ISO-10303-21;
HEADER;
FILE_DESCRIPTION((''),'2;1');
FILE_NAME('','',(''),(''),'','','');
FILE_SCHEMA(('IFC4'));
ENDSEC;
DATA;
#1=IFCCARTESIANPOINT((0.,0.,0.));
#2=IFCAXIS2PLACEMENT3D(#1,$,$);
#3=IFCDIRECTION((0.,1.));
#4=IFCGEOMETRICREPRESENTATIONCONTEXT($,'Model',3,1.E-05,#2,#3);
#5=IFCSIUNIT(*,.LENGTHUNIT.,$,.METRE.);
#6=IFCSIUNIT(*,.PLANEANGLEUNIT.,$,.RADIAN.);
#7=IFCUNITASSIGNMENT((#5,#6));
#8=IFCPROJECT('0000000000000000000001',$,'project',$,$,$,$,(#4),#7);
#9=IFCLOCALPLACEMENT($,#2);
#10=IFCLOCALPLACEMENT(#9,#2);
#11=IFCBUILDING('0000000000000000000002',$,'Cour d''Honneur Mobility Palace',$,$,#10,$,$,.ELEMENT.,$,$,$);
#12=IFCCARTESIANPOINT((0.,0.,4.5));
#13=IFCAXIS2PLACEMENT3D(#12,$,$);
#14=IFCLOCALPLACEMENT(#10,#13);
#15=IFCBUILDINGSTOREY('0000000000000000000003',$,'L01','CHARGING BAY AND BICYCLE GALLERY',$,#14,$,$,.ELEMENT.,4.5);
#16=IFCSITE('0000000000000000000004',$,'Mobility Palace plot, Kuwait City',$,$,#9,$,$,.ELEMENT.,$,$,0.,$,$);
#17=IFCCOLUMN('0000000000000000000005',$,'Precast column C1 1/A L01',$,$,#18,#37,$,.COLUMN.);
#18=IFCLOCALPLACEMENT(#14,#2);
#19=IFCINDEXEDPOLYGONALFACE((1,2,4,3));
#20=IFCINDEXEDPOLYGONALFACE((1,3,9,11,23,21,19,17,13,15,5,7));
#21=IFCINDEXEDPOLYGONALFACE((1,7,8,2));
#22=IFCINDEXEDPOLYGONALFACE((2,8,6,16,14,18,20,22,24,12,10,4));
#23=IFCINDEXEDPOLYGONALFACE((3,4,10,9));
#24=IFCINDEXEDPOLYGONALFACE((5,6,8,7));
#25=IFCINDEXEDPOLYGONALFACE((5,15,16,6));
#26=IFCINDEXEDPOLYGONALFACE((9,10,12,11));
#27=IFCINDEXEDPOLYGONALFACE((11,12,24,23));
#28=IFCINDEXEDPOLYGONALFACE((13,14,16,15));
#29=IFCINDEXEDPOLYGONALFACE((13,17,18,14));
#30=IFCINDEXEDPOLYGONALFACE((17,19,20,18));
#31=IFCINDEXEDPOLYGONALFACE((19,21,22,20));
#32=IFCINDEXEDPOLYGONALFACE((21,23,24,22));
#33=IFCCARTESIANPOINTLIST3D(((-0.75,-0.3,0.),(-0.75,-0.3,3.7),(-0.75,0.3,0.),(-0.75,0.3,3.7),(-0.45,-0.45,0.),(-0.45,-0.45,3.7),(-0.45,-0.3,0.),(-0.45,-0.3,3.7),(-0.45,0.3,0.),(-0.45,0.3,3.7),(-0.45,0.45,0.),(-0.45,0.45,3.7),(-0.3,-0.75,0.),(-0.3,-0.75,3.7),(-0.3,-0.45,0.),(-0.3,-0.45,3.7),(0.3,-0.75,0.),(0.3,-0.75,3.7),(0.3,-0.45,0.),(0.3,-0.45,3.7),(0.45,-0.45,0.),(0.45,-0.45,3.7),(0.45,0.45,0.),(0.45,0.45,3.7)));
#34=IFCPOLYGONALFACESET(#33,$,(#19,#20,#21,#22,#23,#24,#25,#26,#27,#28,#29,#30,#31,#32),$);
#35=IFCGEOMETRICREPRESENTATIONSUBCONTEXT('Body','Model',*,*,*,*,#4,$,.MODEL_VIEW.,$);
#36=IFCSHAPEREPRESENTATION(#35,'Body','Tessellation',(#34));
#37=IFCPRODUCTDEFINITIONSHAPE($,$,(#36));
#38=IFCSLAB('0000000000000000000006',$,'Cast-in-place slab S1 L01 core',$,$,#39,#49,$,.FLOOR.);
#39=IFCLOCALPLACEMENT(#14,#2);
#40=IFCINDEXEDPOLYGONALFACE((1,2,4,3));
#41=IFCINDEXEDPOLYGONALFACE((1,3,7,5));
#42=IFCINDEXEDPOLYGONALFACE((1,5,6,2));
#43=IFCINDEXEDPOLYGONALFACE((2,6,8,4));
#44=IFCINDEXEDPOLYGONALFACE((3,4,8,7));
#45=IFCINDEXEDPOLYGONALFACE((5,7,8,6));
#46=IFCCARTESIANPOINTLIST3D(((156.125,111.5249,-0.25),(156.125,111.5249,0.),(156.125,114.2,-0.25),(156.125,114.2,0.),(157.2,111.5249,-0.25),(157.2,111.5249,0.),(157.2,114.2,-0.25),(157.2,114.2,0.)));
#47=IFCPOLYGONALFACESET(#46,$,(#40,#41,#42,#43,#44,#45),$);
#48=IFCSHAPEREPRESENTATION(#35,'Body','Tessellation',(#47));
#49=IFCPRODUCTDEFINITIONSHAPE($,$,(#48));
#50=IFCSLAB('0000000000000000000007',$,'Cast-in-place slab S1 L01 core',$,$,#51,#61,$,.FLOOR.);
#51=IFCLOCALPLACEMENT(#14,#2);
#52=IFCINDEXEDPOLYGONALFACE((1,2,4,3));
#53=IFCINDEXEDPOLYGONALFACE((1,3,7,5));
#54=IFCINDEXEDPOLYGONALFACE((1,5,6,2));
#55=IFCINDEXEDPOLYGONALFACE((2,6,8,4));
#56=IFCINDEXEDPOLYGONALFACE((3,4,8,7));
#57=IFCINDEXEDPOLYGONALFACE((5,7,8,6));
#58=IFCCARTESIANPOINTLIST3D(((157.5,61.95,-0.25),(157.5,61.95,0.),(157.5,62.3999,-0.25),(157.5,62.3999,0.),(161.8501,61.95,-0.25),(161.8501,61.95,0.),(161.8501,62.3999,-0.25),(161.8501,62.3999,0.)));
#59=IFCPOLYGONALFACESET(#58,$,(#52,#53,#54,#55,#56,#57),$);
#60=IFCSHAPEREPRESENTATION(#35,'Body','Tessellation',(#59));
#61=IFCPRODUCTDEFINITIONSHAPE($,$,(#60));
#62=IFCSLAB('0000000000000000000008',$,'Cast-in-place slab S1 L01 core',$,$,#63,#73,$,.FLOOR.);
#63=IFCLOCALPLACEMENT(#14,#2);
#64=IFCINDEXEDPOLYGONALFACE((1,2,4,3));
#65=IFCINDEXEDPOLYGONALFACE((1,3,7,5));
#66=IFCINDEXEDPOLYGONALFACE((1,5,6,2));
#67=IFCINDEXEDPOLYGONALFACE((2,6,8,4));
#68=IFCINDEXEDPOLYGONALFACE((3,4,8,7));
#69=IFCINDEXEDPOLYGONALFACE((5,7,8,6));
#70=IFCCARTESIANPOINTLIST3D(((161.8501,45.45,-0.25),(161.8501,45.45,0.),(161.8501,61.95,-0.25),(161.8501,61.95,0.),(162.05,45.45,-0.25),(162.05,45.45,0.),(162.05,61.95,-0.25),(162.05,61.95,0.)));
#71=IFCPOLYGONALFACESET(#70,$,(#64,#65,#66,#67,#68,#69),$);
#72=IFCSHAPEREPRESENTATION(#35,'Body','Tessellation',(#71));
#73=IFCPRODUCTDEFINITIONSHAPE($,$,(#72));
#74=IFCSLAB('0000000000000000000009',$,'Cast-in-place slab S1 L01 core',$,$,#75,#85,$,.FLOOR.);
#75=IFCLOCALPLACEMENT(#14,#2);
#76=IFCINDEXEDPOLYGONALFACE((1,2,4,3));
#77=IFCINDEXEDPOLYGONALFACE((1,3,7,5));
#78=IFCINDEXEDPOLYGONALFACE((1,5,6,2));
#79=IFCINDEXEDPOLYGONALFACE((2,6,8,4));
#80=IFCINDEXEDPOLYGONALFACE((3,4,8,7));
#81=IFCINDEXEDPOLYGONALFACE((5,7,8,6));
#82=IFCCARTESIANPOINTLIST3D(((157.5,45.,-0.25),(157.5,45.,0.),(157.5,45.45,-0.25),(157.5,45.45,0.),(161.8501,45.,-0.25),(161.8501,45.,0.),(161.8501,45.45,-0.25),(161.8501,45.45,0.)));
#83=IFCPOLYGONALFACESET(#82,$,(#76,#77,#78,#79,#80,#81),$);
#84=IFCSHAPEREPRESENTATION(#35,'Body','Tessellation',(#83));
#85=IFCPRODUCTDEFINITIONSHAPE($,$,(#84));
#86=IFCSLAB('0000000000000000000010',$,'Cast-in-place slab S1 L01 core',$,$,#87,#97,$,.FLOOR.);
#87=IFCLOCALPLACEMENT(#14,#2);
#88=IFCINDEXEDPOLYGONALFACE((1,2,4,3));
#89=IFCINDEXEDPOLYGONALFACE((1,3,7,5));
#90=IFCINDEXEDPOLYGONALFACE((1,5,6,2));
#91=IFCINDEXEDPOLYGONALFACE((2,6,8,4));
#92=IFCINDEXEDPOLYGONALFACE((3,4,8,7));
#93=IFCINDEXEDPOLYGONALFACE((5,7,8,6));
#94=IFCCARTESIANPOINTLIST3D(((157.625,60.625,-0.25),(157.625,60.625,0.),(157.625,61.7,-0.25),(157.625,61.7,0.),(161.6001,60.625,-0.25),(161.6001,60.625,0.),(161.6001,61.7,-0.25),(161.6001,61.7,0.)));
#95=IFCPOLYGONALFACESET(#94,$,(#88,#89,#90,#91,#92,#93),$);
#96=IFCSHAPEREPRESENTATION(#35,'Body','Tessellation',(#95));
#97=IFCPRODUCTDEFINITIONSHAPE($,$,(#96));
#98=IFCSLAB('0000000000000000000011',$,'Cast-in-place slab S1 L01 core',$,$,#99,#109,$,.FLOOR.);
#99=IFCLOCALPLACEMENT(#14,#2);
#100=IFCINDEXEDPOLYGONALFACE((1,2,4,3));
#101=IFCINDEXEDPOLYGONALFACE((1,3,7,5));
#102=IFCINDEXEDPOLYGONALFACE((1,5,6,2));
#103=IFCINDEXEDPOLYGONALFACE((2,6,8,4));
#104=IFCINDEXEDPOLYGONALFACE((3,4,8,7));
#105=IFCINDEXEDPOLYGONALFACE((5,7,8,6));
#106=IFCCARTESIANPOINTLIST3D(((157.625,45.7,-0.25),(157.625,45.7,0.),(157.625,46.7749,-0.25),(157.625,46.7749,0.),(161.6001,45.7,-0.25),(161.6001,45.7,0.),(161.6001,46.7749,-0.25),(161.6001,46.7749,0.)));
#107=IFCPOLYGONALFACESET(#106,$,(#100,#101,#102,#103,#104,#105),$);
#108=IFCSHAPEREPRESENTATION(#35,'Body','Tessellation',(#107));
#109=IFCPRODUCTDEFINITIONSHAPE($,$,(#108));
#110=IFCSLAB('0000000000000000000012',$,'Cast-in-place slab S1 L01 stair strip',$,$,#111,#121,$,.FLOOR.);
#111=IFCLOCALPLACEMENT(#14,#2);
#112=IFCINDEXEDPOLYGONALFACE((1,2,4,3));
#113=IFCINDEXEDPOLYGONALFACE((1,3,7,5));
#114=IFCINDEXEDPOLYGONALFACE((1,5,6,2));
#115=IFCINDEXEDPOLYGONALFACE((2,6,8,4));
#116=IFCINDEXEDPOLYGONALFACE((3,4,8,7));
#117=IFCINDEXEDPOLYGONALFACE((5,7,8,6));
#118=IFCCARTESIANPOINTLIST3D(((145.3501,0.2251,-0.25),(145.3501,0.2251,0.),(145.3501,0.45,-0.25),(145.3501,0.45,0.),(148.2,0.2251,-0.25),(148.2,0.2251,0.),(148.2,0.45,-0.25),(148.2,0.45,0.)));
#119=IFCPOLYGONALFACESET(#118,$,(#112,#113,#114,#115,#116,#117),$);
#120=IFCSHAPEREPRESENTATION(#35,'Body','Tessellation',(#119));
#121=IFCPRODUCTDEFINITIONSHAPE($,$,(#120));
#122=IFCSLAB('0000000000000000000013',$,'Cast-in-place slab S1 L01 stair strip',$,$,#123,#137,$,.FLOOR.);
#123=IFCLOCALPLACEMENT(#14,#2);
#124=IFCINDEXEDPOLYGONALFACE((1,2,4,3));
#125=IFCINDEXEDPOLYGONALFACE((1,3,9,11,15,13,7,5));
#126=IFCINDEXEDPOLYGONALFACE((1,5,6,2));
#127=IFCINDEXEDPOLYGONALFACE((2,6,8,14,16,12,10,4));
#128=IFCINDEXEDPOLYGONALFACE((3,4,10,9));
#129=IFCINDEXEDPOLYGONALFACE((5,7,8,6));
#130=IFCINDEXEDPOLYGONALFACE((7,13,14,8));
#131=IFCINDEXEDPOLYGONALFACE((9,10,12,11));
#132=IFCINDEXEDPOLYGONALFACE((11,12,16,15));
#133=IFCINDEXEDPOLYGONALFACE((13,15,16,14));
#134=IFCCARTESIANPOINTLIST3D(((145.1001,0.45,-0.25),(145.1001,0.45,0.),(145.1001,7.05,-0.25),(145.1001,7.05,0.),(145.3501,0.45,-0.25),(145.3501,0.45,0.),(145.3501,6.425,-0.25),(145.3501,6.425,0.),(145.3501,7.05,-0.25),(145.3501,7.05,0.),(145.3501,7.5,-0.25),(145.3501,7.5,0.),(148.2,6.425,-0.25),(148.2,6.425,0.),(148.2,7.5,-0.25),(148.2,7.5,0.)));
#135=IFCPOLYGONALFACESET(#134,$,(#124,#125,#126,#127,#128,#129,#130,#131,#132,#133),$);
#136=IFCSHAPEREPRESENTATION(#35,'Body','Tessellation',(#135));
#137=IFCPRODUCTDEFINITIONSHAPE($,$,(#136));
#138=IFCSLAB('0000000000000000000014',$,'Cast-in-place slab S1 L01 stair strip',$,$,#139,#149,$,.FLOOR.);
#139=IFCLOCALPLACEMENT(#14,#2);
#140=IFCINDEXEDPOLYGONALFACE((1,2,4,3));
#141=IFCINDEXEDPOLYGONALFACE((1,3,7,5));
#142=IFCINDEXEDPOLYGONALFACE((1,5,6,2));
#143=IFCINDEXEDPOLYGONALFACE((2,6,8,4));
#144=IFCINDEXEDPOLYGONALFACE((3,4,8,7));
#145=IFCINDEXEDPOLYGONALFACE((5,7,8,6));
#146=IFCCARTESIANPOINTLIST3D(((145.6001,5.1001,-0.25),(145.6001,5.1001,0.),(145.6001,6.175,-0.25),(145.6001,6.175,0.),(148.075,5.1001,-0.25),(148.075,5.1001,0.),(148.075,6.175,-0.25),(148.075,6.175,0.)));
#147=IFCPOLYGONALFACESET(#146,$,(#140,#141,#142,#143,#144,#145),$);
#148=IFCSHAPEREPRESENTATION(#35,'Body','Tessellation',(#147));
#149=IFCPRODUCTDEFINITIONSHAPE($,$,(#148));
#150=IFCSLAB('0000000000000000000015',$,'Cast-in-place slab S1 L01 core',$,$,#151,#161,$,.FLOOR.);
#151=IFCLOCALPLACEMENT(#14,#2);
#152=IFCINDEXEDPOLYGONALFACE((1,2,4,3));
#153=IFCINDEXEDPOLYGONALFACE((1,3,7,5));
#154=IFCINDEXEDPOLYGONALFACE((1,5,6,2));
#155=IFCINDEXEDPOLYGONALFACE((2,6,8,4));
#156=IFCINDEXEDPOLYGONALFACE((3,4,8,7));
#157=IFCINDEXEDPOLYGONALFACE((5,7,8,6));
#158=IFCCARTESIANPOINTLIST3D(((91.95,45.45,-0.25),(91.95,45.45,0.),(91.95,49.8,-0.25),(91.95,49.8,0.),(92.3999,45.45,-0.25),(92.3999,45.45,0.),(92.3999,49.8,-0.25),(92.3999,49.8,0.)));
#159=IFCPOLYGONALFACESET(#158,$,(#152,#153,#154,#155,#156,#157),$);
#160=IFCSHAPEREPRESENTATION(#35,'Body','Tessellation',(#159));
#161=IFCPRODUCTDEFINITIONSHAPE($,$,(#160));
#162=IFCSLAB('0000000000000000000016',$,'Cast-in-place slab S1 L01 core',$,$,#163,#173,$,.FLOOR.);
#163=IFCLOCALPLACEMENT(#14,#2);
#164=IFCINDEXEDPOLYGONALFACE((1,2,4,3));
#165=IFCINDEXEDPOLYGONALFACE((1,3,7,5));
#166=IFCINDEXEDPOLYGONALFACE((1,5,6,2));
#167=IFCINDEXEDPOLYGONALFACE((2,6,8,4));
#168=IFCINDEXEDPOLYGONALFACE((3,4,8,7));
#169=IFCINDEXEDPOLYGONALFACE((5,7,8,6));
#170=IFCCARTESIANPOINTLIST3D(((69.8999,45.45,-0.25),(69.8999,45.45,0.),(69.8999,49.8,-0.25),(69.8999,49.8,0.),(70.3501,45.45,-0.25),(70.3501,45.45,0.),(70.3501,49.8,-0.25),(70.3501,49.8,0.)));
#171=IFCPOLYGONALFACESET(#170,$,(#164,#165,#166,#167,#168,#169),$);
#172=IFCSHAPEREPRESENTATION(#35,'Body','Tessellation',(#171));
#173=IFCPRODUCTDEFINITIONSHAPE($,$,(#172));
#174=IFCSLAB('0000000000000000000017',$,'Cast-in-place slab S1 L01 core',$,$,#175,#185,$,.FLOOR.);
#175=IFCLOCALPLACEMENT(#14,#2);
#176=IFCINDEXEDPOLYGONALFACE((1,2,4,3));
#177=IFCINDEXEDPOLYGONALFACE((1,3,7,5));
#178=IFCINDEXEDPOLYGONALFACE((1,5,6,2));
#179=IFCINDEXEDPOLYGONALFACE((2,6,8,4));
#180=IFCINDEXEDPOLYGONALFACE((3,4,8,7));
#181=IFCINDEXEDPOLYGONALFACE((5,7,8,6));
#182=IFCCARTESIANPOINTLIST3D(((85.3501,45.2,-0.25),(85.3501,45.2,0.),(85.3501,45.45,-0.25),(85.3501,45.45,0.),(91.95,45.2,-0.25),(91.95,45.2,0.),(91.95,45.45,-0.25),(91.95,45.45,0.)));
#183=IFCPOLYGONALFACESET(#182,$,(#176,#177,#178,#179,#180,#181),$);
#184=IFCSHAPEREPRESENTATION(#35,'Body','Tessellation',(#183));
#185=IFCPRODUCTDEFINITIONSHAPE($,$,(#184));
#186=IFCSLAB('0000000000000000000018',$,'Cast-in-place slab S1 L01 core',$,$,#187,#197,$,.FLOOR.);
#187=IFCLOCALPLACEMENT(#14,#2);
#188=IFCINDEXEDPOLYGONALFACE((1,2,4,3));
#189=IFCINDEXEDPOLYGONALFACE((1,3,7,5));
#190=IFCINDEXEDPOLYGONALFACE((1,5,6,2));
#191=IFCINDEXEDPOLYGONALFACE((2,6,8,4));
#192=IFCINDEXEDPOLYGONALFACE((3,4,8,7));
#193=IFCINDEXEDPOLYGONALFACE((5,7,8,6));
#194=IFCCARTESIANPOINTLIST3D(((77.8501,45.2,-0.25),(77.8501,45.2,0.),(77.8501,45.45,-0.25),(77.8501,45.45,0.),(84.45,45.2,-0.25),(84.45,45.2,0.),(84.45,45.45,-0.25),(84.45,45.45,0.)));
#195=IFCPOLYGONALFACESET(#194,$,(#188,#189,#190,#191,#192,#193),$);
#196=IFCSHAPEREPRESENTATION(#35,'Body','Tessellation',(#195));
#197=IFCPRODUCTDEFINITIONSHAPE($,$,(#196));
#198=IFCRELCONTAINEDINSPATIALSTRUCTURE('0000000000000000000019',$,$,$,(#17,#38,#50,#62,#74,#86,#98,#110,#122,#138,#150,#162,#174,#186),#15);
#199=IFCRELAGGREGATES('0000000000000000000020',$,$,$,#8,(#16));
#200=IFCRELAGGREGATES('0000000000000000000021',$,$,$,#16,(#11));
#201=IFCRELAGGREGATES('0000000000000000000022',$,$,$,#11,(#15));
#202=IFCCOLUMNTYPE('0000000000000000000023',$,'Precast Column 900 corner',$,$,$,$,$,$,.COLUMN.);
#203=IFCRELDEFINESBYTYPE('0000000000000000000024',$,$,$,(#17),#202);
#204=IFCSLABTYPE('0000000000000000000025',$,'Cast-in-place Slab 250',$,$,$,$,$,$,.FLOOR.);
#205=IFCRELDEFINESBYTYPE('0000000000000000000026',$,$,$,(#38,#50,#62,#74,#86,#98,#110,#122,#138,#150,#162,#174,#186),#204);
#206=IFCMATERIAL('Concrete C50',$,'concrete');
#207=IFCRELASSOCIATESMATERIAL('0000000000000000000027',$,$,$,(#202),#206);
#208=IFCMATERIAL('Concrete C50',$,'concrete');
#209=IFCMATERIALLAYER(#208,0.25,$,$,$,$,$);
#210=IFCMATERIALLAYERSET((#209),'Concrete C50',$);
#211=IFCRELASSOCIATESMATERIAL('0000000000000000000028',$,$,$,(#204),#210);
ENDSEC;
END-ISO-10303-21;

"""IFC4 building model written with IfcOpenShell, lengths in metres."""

from ifc_helpers import new_model, si_unit, direction, frame, origin, place, context, subcontext, project, spatial, polyline, outline, extrude, material, layer, layer_set, material_profile, profile_set, type_object, element, save


model = new_model("IFC4")

# Units and contexts
model_context = context("Model", 3, precision=1e-05, world=origin(), true_north=direction((0.0, 1.0)))
body_context = subcontext(model_context, "Body", "Model", "MODEL_VIEW")
ifc_project = project(units=[si_unit("LENGTHUNIT", "METRE"), si_unit("PLANEANGLEUNIT", "RADIAN")], contexts=[model_context])

# Site, building, storey
site_placement = place(None, origin())
site = spatial("IfcSite", under=ifc_project, at=site_placement, Name="Mobility Palace plot, Kuwait City", CompositionType="ELEMENT", RefElevation=0.0)
building_placement = place(site_placement, origin())
building = spatial("IfcBuilding", under=site, at=building_placement, Name="Cour d'Honneur Mobility Palace", CompositionType="ELEMENT")
storey_placement = place(building_placement, frame((0.0, 0.0, 4.5)))
storey = spatial("IfcBuildingStorey", under=building, at=storey_placement, Name="L01", Description="CHARGING BAY AND BICYCLE GALLERY", CompositionType="ELEMENT", Elevation=4.5)

# Column
ifc_material_1 = material(Name="Concrete C50", Category="concrete")
ifc_material_profile = material_profile(ifc_material_1, outline(polyline([(-0.45, -0.45), (0.45, -0.45), (0.45, -0.3), (0.75, -0.3), (0.75, 0.3), (0.45, 0.3), (0.45, 0.45), (0.3, 0.45), (0.3, 0.75), (-0.3, 0.75), (-0.3, 0.45), (-0.45, 0.45), (-0.45, -0.45)])), Name="PC C900 corner")
ifc_profile_set = profile_set([ifc_material_profile], Name="Concrete C50")
column_type = type_object("IfcColumnType", Name="Precast Column 900 corner", PredefinedType="COLUMN", material=ifc_profile_set)
column_placement = place(storey_placement, frame((0.0, 0.0, 0.0), z_axis=(0.0, 0.0, 1.0), x_axis=(-1.0, 0.0, 0.0)))
element("IfcColumn", 1, at=column_placement, inside=storey, type_object=column_type, Name="Precast column C1 1/A L01", PredefinedType="COLUMN", context=body_context, shape_type="SweptSolid", body=[
    extrude(outline(polyline([(-0.45, -0.45), (0.45, -0.45), (0.45, -0.3), (0.75, -0.3), (0.75, 0.3), (0.45, 0.3), (0.45, 0.45), (0.3, 0.45), (0.3, 0.75), (-0.3, 0.75), (-0.3, 0.45), (-0.45, 0.45), (-0.45, -0.45)])), origin(), (0.0, 0.0, 1.0), 3.7),
])

# Slabs
ifc_material_2 = material(Name="Concrete C50", Category="concrete")
ifc_layer_1 = layer(ifc_material_2, 0.25)
ifc_layer_set_1 = layer_set([ifc_layer_1], Name="Concrete C50")
slab_type = type_object("IfcSlabType", Name="Cast-in-place Slab 250", PredefinedType="FLOOR", material=ifc_layer_set_1)
slab_1_placement = place(storey_placement, frame((0.0, 0.0, -0.25)))
element("IfcSlab", 2, at=slab_1_placement, inside=storey, type_object=slab_type, Name="Cast-in-place slab S1 L01 core", PredefinedType="FLOOR", context=body_context, shape_type="SweptSolid", body=[
    extrude(outline(polyline([(156.125, 114.2), (157.2, 114.2), (157.2, 111.5249), (156.125, 111.5249), (156.125, 114.2)])), origin(), (0.0, 0.0, 1.0), 0.25),
])
slab_2_placement = place(storey_placement, frame((0.0, 0.0, -0.25)))
element("IfcSlab", 3, at=slab_2_placement, inside=storey, type_object=slab_type, Name="Cast-in-place slab S1 L01 core", PredefinedType="FLOOR", context=body_context, shape_type="SweptSolid", body=[
    extrude(outline(polyline([(161.8501, 61.95), (157.5, 61.95), (157.5, 62.3999), (161.8501, 62.3999), (161.8501, 61.95)])), origin(), (0.0, 0.0, 1.0), 0.25),
])
slab_3_placement = place(storey_placement, frame((0.0, 0.0, -0.25)))
element("IfcSlab", 4, at=slab_3_placement, inside=storey, type_object=slab_type, Name="Cast-in-place slab S1 L01 core", PredefinedType="FLOOR", context=body_context, shape_type="SweptSolid", body=[
    extrude(outline(polyline([(162.05, 61.95), (162.05, 45.45), (161.8501, 45.45), (161.8501, 61.95), (162.05, 61.95)])), origin(), (0.0, 0.0, 1.0), 0.25),
])
slab_4_placement = place(storey_placement, frame((0.0, 0.0, -0.25)))
element("IfcSlab", 5, at=slab_4_placement, inside=storey, type_object=slab_type, Name="Cast-in-place slab S1 L01 core", PredefinedType="FLOOR", context=body_context, shape_type="SweptSolid", body=[
    extrude(outline(polyline([(161.8501, 45.0), (157.5, 45.0), (157.5, 45.45), (161.8501, 45.45), (161.8501, 45.0)])), origin(), (0.0, 0.0, 1.0), 0.25),
])
slab_5_placement = place(storey_placement, frame((0.0, 0.0, -0.25)))
element("IfcSlab", 6, at=slab_5_placement, inside=storey, type_object=slab_type, Name="Cast-in-place slab S1 L01 core", PredefinedType="FLOOR", context=body_context, shape_type="SweptSolid", body=[
    extrude(outline(polyline([(161.6001, 61.7), (161.6001, 60.625), (157.625, 60.625), (157.625, 61.7), (161.6001, 61.7)])), origin(), (0.0, 0.0, 1.0), 0.25),
])
slab_6_placement = place(storey_placement, frame((0.0, 0.0, -0.25)))
element("IfcSlab", 7, at=slab_6_placement, inside=storey, type_object=slab_type, Name="Cast-in-place slab S1 L01 core", PredefinedType="FLOOR", context=body_context, shape_type="SweptSolid", body=[
    extrude(outline(polyline([(157.625, 46.7749), (161.6001, 46.7749), (161.6001, 45.7), (157.625, 45.7), (157.625, 46.7749)])), origin(), (0.0, 0.0, 1.0), 0.25),
])
slab_7_placement = place(storey_placement, frame((0.0, 0.0, -0.25)))
element("IfcSlab", 8, at=slab_7_placement, inside=storey, type_object=slab_type, Name="Cast-in-place slab S1 L01 stair strip", PredefinedType="FLOOR", context=body_context, shape_type="SweptSolid", body=[
    extrude(outline(polyline([(145.3501, 0.45), (148.2, 0.45), (148.2, 0.2251), (145.3501, 0.2251), (145.3501, 0.45)])), origin(), (0.0, 0.0, 1.0), 0.25),
])
slab_8_placement = place(storey_placement, frame((0.0, 0.0, -0.25)))
element("IfcSlab", 9, at=slab_8_placement, inside=storey, type_object=slab_type, Name="Cast-in-place slab S1 L01 stair strip", PredefinedType="FLOOR", context=body_context, shape_type="SweptSolid", body=[
    extrude(outline(polyline([(145.3501, 6.425), (145.3501, 0.45), (145.1001, 0.45), (145.1001, 7.05), (145.3501, 7.05), (145.3501, 7.5), (148.2, 7.5), (148.2, 6.425), (145.3501, 6.425)])), origin(), (0.0, 0.0, 1.0), 0.25),
])
slab_9_placement = place(storey_placement, frame((0.0, 0.0, -0.25)))
element("IfcSlab", 10, at=slab_9_placement, inside=storey, type_object=slab_type, Name="Cast-in-place slab S1 L01 stair strip", PredefinedType="FLOOR", context=body_context, shape_type="SweptSolid", body=[
    extrude(outline(polyline([(145.6001, 5.1001), (145.6001, 6.175), (148.075, 6.175), (148.075, 5.1001), (145.6001, 5.1001)])), origin(), (0.0, 0.0, 1.0), 0.25),
])
slab_10_placement = place(storey_placement, frame((0.0, 0.0, -0.25)))
element("IfcSlab", 11, at=slab_10_placement, inside=storey, type_object=slab_type, Name="Cast-in-place slab S1 L01 core", PredefinedType="FLOOR", context=body_context, shape_type="SweptSolid", body=[
    extrude(outline(polyline([(91.95, 45.45), (91.95, 49.8), (92.3999, 49.8), (92.3999, 45.45), (91.95, 45.45)])), origin(), (0.0, 0.0, 1.0), 0.25),
])
slab_11_placement = place(storey_placement, frame((0.0, 0.0, -0.25)))
element("IfcSlab", 12, at=slab_11_placement, inside=storey, type_object=slab_type, Name="Cast-in-place slab S1 L01 core", PredefinedType="FLOOR", context=body_context, shape_type="SweptSolid", body=[
    extrude(outline(polyline([(70.3501, 49.8), (70.3501, 45.45), (69.8999, 45.45), (69.8999, 49.8), (70.3501, 49.8)])), origin(), (0.0, 0.0, 1.0), 0.25),
])
slab_12_placement = place(storey_placement, frame((0.0, 0.0, -0.25)))
element("IfcSlab", 13, at=slab_12_placement, inside=storey, type_object=slab_type, Name="Cast-in-place slab S1 L01 core", PredefinedType="FLOOR", context=body_context, shape_type="SweptSolid", body=[
    extrude(outline(polyline([(85.3501, 45.45), (91.95, 45.45), (91.95, 45.2), (85.3501, 45.2), (85.3501, 45.45)])), origin(), (0.0, 0.0, 1.0), 0.25),
])
slab_13_placement = place(storey_placement, frame((0.0, 0.0, -0.25)))
element("IfcSlab", 14, at=slab_13_placement, inside=storey, type_object=slab_type, Name="Cast-in-place slab S1 L01 core", PredefinedType="FLOOR", context=body_context, shape_type="SweptSolid", body=[
    extrude(outline(polyline([(84.45, 45.2), (77.8501, 45.2), (77.8501, 45.45), (84.45, 45.45), (84.45, 45.2)])), origin(), (0.0, 0.0, 1.0), 0.25),
])

save(model, "model.ifc")
